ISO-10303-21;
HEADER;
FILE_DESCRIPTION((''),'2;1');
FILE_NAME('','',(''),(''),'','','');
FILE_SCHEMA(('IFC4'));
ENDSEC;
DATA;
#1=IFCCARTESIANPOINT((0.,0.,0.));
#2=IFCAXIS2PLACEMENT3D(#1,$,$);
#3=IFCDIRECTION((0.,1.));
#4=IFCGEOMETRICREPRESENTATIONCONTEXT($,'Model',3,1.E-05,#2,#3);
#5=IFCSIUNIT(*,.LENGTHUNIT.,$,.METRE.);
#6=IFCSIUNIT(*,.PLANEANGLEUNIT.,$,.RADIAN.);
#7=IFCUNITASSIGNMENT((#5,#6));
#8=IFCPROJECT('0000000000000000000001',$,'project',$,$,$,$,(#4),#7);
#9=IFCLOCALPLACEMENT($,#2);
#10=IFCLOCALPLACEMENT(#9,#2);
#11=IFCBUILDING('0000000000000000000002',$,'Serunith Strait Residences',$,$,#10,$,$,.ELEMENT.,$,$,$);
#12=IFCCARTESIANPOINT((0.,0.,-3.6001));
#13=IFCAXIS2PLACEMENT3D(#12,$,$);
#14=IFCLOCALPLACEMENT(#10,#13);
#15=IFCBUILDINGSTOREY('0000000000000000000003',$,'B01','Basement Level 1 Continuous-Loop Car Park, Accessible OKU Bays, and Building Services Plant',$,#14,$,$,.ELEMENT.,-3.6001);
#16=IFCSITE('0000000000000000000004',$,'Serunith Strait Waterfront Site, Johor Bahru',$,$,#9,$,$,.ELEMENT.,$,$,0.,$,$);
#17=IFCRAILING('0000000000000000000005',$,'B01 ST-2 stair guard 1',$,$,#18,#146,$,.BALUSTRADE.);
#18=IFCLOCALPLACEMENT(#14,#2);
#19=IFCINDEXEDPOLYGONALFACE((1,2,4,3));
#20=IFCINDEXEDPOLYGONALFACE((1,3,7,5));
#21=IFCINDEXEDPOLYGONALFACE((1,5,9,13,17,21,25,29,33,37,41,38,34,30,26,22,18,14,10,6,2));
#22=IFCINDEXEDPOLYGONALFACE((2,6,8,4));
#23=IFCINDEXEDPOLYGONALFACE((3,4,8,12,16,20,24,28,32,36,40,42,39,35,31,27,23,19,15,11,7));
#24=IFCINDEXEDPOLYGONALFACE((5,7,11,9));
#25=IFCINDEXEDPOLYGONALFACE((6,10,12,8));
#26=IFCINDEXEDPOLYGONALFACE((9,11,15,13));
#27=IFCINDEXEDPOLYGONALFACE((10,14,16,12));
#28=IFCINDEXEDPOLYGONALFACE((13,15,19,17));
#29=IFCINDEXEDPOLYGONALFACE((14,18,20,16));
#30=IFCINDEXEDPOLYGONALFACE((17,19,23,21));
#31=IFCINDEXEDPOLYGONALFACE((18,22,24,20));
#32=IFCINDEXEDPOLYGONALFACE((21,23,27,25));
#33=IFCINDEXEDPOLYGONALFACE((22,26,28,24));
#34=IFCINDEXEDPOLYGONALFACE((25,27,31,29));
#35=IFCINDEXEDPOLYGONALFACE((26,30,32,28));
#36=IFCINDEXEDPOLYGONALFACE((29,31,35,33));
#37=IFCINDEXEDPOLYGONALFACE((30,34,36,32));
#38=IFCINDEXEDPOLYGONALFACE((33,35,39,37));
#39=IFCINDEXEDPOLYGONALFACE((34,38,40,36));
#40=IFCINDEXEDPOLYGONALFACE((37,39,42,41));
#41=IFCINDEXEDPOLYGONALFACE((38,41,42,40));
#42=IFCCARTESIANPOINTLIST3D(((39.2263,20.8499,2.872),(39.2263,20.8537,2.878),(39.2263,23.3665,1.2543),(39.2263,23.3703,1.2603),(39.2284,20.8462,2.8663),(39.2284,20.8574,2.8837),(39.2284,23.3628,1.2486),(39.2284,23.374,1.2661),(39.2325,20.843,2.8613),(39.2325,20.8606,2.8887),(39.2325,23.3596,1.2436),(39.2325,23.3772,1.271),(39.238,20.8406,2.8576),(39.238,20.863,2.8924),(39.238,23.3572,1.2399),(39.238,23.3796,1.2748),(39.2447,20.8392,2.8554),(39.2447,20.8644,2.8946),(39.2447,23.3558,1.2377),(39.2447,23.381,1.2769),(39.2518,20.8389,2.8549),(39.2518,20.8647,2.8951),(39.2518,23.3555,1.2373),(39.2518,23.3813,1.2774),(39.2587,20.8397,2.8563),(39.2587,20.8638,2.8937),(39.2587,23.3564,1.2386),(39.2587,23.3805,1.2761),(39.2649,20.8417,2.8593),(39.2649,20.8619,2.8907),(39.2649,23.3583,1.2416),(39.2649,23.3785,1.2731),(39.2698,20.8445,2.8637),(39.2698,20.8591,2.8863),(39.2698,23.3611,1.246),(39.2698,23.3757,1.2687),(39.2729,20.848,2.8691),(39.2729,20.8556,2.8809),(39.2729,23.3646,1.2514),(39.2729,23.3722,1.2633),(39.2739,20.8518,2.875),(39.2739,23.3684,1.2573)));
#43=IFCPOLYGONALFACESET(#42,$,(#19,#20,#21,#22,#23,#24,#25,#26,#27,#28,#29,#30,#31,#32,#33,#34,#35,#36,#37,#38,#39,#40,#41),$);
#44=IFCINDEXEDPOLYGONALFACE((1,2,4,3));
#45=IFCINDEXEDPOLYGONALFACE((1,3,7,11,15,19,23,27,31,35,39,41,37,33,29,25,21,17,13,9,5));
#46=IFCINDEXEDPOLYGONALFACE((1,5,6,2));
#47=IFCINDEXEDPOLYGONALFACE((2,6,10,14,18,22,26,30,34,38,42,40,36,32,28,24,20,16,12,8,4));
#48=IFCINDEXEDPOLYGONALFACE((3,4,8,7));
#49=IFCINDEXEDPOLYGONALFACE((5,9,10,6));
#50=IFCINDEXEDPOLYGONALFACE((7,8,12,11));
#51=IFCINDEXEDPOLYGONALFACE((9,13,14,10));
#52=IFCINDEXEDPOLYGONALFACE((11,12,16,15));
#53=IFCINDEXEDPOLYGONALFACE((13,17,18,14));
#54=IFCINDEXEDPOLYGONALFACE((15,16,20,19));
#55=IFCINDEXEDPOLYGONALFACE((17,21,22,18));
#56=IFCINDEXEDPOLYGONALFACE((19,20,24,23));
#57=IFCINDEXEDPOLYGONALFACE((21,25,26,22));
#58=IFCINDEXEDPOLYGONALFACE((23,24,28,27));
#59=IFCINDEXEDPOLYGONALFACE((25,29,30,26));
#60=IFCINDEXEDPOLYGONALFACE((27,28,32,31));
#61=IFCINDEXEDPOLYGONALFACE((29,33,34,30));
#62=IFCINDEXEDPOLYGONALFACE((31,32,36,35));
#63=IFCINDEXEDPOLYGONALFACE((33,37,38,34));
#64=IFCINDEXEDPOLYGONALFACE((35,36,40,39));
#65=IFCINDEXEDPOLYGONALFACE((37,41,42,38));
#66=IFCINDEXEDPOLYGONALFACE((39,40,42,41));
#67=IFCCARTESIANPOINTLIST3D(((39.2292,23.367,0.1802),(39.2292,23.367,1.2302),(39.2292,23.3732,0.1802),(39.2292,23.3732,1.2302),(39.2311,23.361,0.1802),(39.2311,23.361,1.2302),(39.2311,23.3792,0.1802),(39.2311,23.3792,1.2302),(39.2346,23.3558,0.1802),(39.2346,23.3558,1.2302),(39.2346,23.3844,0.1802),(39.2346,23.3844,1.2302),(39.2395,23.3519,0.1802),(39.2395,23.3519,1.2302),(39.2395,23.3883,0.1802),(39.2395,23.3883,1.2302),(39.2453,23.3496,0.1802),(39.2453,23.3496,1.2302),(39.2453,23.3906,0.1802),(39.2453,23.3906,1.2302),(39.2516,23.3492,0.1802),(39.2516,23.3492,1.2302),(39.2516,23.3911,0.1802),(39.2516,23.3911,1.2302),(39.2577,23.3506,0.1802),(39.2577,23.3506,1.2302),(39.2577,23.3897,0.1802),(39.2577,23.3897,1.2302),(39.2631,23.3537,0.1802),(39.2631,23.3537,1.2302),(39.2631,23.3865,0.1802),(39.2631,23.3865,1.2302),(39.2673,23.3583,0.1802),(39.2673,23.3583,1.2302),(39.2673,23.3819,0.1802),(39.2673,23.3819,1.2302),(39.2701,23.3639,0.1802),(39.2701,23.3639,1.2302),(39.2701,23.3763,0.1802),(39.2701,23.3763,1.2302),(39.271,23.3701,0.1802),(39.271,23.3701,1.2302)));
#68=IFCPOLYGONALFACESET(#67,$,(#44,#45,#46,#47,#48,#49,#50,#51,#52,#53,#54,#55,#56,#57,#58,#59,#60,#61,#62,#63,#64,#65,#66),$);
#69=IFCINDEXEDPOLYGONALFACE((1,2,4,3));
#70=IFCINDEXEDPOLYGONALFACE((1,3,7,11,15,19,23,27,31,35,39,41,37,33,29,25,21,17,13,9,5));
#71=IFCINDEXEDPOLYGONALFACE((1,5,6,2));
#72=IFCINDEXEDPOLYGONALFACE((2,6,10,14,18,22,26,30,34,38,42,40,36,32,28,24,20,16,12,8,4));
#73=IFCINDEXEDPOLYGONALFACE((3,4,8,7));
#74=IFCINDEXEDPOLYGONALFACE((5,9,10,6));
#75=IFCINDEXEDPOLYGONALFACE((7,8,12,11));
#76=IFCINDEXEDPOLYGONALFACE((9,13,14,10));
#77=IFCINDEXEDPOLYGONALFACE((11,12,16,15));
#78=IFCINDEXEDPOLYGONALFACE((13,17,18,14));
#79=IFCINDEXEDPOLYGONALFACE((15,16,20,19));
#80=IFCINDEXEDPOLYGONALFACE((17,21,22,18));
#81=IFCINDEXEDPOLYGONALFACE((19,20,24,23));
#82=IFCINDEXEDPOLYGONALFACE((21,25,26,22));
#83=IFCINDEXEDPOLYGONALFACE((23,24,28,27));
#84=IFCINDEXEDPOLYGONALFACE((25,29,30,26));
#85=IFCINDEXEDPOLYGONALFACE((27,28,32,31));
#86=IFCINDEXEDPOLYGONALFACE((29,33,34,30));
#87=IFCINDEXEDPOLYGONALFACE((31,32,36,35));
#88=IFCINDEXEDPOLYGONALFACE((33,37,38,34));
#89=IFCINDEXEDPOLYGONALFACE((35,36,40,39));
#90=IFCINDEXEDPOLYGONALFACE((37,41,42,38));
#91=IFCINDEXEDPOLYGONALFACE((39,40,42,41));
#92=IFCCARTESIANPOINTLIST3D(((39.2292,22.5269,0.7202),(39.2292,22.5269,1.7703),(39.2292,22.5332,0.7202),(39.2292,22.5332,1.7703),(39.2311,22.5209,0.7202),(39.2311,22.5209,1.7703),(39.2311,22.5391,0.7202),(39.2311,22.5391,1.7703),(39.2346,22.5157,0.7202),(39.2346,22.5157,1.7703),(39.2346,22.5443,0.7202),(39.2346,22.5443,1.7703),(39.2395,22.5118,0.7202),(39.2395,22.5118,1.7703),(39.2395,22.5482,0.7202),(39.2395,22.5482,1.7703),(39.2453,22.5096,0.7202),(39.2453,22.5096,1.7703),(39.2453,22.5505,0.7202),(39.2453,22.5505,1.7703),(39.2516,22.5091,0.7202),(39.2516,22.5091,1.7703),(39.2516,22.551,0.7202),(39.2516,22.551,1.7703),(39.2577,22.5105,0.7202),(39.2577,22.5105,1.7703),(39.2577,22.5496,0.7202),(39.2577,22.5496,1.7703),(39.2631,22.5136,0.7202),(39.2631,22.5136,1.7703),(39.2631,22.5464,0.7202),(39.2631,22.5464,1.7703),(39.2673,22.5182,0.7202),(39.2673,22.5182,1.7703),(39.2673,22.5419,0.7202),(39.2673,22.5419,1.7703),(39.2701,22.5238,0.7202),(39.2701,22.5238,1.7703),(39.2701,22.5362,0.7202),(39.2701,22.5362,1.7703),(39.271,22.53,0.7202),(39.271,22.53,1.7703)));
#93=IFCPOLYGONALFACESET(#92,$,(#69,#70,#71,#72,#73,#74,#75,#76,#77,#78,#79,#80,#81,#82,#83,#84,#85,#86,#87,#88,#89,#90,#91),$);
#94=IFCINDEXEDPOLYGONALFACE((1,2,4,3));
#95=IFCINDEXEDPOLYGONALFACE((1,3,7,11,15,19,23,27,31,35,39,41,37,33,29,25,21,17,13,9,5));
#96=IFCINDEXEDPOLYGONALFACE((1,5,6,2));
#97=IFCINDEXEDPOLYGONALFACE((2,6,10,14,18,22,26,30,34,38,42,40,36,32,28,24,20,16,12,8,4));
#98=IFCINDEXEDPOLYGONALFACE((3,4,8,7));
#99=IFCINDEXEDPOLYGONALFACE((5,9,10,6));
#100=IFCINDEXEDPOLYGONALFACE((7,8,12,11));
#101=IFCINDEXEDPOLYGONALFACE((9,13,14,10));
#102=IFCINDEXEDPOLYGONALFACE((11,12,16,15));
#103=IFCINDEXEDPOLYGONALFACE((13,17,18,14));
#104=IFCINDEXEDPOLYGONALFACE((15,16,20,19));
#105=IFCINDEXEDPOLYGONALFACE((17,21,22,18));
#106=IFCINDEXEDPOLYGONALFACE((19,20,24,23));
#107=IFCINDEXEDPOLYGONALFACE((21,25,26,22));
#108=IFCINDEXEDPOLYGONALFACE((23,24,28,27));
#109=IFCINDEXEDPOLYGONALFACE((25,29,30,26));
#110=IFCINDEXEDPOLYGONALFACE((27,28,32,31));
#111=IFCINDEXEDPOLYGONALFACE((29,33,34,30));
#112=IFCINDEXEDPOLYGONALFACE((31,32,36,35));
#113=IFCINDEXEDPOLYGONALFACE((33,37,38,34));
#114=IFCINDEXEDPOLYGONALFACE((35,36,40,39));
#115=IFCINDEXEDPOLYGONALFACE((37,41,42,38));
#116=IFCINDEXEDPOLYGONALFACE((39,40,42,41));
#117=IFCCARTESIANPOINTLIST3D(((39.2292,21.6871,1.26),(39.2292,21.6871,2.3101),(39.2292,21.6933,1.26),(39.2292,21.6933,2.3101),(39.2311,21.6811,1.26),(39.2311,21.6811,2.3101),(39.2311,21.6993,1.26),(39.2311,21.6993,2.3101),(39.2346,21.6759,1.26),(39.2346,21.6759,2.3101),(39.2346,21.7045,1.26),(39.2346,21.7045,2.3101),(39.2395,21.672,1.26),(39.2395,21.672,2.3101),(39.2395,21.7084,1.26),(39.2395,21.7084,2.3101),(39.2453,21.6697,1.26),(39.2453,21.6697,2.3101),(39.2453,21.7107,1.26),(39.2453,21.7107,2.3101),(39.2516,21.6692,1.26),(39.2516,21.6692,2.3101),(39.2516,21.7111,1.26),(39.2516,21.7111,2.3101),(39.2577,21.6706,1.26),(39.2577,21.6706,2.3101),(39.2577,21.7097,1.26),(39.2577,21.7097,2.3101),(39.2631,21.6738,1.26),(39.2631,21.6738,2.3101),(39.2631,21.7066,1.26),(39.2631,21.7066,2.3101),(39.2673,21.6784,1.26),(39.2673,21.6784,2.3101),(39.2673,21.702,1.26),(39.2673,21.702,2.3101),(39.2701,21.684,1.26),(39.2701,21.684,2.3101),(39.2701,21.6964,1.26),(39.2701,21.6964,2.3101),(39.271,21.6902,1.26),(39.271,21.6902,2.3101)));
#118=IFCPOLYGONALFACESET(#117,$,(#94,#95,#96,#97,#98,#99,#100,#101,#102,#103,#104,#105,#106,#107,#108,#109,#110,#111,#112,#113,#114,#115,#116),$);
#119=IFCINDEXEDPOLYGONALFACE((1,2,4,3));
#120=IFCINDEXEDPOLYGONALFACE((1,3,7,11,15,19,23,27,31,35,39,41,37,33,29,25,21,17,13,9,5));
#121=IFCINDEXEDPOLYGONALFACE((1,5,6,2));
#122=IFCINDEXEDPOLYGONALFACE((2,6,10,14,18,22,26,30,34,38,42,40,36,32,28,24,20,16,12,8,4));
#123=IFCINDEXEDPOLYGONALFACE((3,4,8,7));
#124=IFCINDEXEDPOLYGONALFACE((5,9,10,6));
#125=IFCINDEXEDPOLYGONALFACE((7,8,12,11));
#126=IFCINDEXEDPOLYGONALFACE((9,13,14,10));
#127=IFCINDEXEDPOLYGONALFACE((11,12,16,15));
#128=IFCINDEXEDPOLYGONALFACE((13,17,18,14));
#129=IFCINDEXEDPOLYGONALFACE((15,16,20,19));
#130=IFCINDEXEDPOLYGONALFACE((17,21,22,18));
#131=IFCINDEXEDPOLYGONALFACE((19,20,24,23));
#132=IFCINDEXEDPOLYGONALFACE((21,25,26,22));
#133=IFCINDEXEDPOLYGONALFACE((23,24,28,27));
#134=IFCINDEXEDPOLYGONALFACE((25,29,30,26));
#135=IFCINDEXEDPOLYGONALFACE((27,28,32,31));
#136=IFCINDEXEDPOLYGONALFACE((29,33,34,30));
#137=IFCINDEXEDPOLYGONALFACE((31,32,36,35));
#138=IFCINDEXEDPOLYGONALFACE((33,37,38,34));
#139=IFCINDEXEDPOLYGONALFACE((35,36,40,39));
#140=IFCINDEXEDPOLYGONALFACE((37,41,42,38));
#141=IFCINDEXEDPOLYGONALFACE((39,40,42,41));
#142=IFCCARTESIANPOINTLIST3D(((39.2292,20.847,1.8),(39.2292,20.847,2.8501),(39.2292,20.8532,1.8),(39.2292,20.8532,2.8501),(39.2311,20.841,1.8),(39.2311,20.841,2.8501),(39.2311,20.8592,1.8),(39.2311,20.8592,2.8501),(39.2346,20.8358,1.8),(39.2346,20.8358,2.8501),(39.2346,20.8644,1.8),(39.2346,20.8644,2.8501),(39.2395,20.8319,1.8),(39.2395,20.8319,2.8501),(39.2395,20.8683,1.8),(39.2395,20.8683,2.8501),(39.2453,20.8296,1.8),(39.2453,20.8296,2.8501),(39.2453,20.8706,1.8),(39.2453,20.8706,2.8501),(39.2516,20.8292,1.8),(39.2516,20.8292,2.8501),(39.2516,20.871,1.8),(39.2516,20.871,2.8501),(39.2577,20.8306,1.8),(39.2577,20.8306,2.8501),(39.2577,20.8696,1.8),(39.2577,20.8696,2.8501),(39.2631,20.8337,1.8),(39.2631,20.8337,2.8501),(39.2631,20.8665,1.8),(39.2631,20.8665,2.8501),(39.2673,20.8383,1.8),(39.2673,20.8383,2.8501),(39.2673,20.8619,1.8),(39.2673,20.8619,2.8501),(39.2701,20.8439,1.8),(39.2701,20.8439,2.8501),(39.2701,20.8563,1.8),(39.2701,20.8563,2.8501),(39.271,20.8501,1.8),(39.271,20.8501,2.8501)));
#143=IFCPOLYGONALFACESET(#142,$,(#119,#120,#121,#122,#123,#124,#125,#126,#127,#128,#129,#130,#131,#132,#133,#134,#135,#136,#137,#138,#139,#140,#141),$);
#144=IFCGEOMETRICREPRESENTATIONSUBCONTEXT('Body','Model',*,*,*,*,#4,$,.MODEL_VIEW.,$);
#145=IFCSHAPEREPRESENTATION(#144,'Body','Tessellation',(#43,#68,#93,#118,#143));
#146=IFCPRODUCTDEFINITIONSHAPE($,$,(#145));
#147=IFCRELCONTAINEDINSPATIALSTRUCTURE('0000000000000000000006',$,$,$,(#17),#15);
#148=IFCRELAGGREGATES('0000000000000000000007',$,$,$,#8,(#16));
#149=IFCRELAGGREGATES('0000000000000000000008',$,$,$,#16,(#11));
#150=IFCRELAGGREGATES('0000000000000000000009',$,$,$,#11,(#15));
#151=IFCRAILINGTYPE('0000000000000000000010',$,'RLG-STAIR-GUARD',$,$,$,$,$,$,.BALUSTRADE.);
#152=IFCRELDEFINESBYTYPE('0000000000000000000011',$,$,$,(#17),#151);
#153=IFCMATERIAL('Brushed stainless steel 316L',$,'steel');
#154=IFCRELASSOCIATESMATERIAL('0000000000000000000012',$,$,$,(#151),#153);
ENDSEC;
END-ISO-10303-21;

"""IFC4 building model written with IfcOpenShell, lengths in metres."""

from ifc_helpers import new_model, si_unit, direction, frame, origin, origin_2d, place, context, subcontext, project, spatial, circle, extrude, material, type_object, element, save


model = new_model("IFC4")

# Units and contexts
model_context = context("Model", 3, precision=1e-05, world=origin(), true_north=direction((0.0, 1.0)))
body_context = subcontext(model_context, "Body", "Model", "MODEL_VIEW")
ifc_project = project(units=[si_unit("LENGTHUNIT", "METRE"), si_unit("PLANEANGLEUNIT", "RADIAN")], contexts=[model_context])

# Site, building, storey
site_placement = place(None, origin())
site = spatial("IfcSite", under=ifc_project, at=site_placement, Name="Serunith Strait Waterfront Site, Johor Bahru", CompositionType="ELEMENT", RefElevation=0.0)
building_placement = place(site_placement, origin())
building = spatial("IfcBuilding", under=site, at=building_placement, Name="Serunith Strait Residences", CompositionType="ELEMENT")
storey_placement = place(building_placement, frame((0.0, 0.0, -3.6001)))
storey = spatial("IfcBuildingStorey", under=building, at=storey_placement, Name="B01", Description="Basement Level 1 Continuous-Loop Car Park, Accessible OKU Bays, and Building Services Plant", CompositionType="ELEMENT", Elevation=-3.6001)

# Railing
ifc_material_1 = material(Name="Brushed stainless steel 316L", Category="steel")
railing_type_1 = type_object("IfcRailingType", Name="RLG-STAIR-GUARD", PredefinedType="BALUSTRADE", material=ifc_material_1)
railing_1_placement = place(storey_placement, frame((39.25, 23.3701, 0.1802)))
element("IfcRailing", 1, at=railing_1_placement, inside=storey, type_object=railing_type_1, Name="B01 ST-2 stair guard 1", PredefinedType="BALUSTRADE", context=body_context, shape_type="SweptSolid", body=[
    extrude(circle(Radius=0.0239, at=origin_2d()), frame((0.0, -0.0017, 1.0771), z_axis=(0.0, -0.8412, 0.540725), x_axis=(1.0, 0.0, 0.0)), (0.0, 0.0, 1.0), 2.9917),
    extrude(circle(Radius=0.021, at=origin_2d()), origin(), (0.0, 0.0, 1.0), 1.05),
    extrude(circle(Radius=0.021, at=origin_2d()), frame((0.0, -0.8401, 0.54)), (0.0, 0.0, 1.0), 1.05),
    extrude(circle(Radius=0.021, at=origin_2d()), frame((0.0, -1.6799, 1.0798)), (0.0, 0.0, 1.0), 1.05),
    extrude(circle(Radius=0.021, at=origin_2d()), frame((0.0, -2.52, 1.6199)), (0.0, 0.0, 1.0), 1.05),
])

save(model, "model.ifc")
